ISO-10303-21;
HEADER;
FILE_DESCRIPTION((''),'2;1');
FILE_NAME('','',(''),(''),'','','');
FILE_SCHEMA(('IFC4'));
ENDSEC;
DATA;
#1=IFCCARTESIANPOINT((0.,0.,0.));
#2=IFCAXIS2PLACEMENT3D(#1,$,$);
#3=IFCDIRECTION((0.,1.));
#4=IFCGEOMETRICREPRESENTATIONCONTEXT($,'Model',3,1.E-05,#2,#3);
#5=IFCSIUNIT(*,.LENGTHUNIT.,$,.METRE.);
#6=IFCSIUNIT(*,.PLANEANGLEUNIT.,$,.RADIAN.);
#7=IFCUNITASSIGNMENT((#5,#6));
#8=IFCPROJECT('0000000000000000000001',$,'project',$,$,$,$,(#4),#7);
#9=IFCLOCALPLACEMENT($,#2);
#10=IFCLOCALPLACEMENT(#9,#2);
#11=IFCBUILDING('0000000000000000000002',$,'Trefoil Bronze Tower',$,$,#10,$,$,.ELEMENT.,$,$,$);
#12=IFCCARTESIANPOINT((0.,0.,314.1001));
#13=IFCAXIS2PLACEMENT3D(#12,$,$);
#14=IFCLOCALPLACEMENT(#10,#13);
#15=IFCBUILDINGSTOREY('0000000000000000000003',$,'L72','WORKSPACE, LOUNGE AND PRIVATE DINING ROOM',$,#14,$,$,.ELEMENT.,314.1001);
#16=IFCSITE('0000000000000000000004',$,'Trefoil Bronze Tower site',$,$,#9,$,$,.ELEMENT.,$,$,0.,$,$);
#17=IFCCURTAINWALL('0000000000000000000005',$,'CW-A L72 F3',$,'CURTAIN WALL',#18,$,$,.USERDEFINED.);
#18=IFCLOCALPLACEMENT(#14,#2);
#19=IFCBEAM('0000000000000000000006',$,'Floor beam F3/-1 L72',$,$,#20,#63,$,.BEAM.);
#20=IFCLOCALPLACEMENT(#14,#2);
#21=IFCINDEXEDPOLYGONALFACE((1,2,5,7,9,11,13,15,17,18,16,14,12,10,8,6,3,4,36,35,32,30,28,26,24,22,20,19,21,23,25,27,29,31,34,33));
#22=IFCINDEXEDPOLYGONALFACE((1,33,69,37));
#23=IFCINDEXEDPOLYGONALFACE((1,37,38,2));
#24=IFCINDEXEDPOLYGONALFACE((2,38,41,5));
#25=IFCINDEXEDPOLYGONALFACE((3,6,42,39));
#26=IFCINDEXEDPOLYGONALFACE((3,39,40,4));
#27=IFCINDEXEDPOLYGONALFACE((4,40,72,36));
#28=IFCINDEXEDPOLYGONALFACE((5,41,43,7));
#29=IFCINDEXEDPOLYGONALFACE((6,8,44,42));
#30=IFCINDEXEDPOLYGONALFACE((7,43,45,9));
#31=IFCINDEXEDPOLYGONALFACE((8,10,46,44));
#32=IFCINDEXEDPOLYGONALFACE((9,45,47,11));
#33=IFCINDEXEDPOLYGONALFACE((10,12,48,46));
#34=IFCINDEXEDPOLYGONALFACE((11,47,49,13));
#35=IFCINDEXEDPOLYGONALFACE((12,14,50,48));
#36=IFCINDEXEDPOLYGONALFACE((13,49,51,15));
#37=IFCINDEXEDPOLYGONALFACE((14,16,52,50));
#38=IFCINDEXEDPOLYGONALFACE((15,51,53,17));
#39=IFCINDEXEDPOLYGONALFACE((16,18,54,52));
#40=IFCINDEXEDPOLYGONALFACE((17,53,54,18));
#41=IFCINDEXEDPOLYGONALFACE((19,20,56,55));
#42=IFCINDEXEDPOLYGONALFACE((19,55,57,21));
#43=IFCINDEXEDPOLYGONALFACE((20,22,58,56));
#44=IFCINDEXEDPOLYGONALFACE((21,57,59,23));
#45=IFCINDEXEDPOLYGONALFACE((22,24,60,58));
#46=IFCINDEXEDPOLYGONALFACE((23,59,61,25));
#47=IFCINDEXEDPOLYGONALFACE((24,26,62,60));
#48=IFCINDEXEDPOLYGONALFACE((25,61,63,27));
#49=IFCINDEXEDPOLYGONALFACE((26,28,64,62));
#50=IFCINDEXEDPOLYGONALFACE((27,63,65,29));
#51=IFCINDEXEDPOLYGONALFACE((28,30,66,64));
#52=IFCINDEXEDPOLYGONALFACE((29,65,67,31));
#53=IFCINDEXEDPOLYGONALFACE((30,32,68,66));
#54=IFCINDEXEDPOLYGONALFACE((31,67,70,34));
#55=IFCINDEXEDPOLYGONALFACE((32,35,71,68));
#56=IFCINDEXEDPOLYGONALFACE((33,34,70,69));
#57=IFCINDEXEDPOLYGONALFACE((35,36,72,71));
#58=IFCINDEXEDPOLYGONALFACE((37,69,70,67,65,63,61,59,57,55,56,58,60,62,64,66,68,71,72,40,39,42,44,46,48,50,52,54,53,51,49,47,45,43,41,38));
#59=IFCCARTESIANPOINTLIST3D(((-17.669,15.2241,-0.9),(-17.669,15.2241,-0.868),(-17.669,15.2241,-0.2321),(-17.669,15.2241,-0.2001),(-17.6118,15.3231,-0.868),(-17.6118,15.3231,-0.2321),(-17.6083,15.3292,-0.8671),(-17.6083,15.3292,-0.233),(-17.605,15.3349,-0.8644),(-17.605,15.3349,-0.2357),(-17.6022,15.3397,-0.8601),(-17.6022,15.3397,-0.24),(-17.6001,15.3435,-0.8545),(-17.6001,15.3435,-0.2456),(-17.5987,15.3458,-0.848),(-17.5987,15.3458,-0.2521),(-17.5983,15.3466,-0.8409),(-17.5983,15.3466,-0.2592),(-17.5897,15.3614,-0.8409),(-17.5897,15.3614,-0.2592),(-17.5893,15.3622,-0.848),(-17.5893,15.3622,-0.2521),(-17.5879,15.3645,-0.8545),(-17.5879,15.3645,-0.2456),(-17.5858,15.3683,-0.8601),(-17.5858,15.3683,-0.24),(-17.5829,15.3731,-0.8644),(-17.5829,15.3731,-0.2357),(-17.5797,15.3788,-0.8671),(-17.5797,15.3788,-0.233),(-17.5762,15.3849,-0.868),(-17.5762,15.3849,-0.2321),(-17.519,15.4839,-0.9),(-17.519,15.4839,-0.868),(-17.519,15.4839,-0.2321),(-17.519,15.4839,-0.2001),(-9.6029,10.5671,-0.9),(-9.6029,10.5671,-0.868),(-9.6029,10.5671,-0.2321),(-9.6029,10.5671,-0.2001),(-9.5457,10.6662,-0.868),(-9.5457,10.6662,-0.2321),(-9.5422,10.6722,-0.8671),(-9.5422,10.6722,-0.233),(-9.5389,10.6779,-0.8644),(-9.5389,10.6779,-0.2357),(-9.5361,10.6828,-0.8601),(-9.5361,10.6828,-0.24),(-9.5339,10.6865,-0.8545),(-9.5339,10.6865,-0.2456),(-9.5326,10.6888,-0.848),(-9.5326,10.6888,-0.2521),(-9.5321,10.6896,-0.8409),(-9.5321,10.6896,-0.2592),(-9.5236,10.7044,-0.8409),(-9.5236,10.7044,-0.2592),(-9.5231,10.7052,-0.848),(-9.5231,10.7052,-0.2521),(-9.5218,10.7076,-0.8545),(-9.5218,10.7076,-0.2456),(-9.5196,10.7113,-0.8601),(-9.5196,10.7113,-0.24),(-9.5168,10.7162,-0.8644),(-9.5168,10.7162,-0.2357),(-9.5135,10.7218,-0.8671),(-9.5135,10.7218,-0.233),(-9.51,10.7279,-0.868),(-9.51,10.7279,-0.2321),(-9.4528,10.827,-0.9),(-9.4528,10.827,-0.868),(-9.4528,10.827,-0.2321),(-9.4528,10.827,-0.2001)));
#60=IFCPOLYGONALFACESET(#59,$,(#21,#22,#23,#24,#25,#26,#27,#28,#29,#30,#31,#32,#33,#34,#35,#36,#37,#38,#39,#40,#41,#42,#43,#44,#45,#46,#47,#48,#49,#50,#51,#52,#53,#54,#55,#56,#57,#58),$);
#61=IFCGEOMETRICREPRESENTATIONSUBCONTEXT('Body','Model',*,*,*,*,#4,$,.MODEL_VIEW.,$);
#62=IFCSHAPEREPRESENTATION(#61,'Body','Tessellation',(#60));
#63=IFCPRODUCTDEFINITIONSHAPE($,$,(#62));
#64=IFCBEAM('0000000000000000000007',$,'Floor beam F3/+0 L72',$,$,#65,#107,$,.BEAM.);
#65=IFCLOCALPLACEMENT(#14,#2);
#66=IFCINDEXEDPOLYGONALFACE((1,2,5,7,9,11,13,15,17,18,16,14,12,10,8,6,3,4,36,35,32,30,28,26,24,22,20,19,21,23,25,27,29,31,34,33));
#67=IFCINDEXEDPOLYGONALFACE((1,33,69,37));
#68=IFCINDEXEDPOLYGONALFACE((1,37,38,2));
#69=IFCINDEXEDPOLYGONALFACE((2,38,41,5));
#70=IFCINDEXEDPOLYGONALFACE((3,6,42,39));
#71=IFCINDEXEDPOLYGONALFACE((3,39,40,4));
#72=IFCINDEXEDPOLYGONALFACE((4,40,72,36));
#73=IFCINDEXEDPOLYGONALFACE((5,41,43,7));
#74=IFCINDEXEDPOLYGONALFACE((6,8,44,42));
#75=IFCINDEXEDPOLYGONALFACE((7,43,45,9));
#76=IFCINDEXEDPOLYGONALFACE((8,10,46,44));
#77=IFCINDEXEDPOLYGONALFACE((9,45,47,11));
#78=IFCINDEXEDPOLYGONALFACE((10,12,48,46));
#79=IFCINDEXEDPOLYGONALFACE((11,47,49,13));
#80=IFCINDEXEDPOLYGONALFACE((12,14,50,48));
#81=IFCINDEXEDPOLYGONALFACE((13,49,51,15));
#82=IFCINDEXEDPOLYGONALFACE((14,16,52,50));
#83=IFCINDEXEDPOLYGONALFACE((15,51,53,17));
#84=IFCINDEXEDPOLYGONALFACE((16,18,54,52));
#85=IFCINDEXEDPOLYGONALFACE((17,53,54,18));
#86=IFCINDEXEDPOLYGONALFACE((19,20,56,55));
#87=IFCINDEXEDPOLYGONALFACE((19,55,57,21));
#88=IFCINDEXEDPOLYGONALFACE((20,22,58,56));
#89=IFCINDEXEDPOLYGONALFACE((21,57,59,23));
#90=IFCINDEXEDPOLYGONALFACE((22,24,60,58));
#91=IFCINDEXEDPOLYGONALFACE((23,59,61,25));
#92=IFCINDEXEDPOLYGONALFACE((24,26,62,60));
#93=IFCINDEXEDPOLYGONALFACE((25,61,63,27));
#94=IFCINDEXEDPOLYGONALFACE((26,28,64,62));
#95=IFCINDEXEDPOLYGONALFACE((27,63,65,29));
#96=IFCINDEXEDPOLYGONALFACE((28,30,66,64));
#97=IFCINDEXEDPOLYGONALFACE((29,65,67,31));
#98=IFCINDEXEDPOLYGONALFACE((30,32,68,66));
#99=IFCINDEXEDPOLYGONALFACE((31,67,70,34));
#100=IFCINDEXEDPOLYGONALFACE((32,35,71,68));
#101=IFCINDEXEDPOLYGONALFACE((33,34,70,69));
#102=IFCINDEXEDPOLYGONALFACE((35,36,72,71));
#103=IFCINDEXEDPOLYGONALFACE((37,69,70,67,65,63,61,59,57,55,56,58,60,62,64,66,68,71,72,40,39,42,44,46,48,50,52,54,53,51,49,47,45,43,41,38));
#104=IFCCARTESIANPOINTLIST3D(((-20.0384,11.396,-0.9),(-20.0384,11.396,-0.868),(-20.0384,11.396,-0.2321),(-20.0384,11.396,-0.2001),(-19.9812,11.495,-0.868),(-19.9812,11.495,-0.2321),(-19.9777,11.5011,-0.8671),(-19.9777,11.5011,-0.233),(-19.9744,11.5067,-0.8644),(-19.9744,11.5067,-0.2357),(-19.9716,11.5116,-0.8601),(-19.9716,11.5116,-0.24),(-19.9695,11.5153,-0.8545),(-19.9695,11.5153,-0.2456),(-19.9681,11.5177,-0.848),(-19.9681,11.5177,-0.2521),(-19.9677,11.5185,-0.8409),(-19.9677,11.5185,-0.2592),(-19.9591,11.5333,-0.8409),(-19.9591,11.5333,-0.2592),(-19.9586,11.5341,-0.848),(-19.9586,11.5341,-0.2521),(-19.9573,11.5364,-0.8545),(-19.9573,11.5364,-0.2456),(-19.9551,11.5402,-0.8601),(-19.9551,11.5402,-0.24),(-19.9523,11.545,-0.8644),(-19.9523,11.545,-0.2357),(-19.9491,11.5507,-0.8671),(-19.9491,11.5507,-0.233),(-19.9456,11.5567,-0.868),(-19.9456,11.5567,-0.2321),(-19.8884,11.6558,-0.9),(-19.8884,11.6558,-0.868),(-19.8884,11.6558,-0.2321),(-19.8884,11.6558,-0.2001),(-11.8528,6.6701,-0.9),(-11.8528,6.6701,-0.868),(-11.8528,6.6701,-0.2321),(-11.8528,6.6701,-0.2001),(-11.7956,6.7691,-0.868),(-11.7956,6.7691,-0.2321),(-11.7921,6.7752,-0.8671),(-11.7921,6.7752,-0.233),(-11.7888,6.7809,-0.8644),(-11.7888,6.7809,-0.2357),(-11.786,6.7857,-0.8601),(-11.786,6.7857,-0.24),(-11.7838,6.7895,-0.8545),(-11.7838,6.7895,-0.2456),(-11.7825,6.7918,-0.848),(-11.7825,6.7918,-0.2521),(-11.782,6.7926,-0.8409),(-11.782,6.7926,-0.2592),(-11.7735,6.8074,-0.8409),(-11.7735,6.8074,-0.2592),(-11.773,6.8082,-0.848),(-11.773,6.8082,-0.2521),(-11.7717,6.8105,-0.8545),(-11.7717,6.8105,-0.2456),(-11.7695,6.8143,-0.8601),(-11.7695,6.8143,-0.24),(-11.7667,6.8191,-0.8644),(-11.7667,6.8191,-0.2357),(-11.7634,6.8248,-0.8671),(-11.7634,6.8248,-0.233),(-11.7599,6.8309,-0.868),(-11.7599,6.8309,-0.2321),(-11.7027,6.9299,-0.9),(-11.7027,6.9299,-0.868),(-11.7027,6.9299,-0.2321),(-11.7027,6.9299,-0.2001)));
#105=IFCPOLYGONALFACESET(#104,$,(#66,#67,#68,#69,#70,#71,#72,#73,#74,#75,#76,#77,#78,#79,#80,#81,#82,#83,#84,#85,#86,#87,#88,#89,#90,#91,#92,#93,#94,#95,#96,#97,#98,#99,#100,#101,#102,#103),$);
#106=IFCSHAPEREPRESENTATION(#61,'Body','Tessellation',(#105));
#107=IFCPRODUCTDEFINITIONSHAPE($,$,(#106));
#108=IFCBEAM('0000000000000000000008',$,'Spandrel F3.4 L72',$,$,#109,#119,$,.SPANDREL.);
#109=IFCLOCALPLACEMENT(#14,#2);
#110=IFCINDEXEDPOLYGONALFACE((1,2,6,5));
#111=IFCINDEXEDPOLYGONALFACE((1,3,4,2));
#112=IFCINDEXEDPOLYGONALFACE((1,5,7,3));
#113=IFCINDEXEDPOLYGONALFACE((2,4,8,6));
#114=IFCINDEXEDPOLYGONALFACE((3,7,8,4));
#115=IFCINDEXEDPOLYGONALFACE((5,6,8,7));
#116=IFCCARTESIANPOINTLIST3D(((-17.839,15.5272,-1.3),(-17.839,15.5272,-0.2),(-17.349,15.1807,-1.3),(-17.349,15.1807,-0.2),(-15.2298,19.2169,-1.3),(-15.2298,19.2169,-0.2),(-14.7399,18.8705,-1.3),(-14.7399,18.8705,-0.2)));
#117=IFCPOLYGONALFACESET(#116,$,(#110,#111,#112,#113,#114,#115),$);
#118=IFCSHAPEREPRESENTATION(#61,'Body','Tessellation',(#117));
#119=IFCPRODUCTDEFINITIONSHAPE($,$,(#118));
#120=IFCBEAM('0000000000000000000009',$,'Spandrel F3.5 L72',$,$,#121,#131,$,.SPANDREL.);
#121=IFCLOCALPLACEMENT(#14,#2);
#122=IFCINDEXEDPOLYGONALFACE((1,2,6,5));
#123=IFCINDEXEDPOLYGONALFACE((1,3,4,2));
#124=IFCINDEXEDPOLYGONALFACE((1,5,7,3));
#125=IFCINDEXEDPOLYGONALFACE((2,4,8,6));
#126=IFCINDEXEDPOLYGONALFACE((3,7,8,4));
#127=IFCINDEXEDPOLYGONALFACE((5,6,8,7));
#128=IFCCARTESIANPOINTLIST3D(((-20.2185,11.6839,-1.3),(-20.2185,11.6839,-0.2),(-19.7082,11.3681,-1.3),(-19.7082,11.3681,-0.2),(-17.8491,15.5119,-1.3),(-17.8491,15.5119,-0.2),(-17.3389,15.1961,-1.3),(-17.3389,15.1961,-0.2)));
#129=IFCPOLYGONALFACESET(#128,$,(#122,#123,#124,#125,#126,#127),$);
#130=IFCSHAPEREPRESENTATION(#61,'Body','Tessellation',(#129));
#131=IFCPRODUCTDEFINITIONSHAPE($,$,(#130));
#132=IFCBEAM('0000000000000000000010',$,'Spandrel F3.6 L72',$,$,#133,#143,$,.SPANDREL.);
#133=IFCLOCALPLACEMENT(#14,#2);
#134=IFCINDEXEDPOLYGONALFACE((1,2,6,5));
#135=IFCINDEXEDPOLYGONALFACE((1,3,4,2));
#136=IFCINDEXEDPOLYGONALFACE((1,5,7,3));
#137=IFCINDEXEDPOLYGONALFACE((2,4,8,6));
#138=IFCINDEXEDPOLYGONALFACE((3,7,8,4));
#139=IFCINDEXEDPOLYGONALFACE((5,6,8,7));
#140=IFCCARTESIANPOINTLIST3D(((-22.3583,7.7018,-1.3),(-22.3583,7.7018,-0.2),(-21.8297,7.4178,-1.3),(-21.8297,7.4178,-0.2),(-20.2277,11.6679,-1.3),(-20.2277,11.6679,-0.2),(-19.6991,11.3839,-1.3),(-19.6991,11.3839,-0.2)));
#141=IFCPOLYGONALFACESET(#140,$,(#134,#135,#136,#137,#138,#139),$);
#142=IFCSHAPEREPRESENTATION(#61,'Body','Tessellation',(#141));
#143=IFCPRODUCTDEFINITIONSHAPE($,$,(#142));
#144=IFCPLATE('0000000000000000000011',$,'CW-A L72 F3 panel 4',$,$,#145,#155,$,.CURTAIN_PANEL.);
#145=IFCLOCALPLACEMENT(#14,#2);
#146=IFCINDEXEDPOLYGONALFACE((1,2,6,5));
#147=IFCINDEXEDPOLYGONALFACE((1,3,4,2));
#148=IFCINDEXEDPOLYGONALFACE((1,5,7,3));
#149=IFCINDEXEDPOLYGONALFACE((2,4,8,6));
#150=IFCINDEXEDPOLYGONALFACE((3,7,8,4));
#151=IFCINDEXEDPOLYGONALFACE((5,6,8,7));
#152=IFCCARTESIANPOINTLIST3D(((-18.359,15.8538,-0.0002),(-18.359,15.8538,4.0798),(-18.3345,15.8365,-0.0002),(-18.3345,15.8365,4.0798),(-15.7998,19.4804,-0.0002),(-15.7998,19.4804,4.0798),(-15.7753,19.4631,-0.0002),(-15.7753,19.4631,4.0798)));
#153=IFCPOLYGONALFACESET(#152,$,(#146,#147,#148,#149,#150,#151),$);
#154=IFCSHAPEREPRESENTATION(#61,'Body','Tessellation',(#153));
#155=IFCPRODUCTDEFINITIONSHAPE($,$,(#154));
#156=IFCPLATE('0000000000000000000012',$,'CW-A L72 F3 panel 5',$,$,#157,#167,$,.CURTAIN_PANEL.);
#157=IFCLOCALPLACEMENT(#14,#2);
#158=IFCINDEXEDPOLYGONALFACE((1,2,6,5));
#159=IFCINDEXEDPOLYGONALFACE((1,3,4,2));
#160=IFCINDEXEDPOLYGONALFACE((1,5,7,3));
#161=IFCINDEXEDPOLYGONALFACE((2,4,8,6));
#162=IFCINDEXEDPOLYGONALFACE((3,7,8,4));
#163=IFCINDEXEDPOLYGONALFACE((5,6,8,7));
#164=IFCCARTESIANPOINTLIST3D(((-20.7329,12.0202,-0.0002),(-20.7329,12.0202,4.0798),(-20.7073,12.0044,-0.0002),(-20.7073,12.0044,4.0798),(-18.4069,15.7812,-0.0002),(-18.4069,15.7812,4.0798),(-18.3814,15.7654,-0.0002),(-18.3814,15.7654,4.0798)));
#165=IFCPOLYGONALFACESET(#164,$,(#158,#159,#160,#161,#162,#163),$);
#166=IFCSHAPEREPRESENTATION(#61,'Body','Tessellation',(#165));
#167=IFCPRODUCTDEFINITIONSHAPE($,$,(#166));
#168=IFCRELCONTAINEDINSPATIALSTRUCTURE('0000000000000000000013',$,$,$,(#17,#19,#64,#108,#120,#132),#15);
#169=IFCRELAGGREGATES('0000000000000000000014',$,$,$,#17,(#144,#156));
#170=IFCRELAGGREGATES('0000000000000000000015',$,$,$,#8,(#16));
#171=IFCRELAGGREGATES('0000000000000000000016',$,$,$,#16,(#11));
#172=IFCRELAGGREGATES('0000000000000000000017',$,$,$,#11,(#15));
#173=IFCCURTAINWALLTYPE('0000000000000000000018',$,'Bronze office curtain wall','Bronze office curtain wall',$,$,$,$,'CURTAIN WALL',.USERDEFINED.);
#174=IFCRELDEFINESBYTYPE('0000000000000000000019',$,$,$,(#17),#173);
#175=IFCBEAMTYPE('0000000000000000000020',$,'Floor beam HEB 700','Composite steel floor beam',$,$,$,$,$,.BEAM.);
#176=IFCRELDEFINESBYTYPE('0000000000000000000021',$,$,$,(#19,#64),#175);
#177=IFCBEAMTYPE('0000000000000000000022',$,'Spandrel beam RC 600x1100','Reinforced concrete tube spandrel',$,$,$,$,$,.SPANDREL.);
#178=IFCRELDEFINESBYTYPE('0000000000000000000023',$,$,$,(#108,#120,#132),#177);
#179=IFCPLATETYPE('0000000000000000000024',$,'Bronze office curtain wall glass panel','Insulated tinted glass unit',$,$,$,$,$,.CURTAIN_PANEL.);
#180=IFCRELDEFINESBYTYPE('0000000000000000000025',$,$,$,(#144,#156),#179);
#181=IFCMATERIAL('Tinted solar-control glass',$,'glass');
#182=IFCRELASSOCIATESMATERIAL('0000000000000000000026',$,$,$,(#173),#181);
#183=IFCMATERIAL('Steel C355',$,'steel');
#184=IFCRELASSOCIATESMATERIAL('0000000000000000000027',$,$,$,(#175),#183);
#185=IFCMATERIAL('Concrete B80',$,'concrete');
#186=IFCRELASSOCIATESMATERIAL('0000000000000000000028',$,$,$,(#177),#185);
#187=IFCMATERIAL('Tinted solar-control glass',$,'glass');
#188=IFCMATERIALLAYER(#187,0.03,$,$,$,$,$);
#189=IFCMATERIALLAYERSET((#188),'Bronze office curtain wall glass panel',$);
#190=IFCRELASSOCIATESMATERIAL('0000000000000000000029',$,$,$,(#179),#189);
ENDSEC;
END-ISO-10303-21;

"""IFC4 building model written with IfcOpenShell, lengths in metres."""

from ifc_helpers import new_model, si_unit, direction, frame, origin, origin_2d, place, context, subcontext, project, spatial, rectangle, i_section, extrude, material, layer, layer_set, material_profile, profile_set, type_object, element, aggregate, save


model = new_model("IFC4")

# Units and contexts
model_context = context("Model", 3, precision=1e-05, world=origin(), true_north=direction((0.0, 1.0)))
body_context = subcontext(model_context, "Body", "Model", "MODEL_VIEW")
ifc_project = project(units=[si_unit("LENGTHUNIT", "METRE"), si_unit("PLANEANGLEUNIT", "RADIAN")], contexts=[model_context])

# Site, building, storey
site_placement = place(None, origin())
site = spatial("IfcSite", under=ifc_project, at=site_placement, Name="Trefoil Bronze Tower site", CompositionType="ELEMENT", RefElevation=0.0)
building_placement = place(site_placement, origin())
building = spatial("IfcBuilding", under=site, at=building_placement, Name="Trefoil Bronze Tower", CompositionType="ELEMENT")
storey_placement = place(building_placement, frame((0.0, 0.0, 314.1001)))
storey = spatial("IfcBuildingStorey", under=building, at=storey_placement, Name="L72", Description="WORKSPACE, LOUNGE AND PRIVATE DINING ROOM", CompositionType="ELEMENT", Elevation=314.1001)

# Curtain wall
ifc_material_1 = material(Name="Tinted solar-control glass", Category="glass")
curtain_wall_type = type_object("IfcCurtainWallType", Name="Bronze office curtain wall", Description="Bronze office curtain wall", ElementType="CURTAIN WALL", PredefinedType="USERDEFINED", material=ifc_material_1)
curtain_wall_placement = place(storey_placement, origin())
curtain_wall = element("IfcCurtainWall", 1, at=curtain_wall_placement, inside=storey, type_object=curtain_wall_type, Name="CW-A L72 F3", ObjectType="CURTAIN WALL", PredefinedType="USERDEFINED")

# Beams
ifc_material_2 = material(Name="Steel C355", Category="steel")
ifc_material_profile_1 = material_profile(ifc_material_2, i_section(OverallWidth=0.3, OverallDepth=0.7, WebThickness=0.0171, FlangeThickness=0.032, FilletRadius=0.0271, at=origin_2d()), Name="HEB 700")
ifc_profile_set_1 = profile_set([ifc_material_profile_1], Name="Steel C355")
beam_type_1 = type_object("IfcBeamType", Name="Floor beam HEB 700", Description="Composite steel floor beam", PredefinedType="BEAM", material=ifc_profile_set_1)
beam_1_placement = place(storey_placement, frame((-17.594, 15.354, -0.55), z_axis=(0.866026, -0.499999, 0.0), x_axis=(0.499999, 0.866026, 0.0)))
element("IfcBeam", 2, at=beam_1_placement, inside=storey, type_object=beam_type_1, Name="Floor beam F3/-1 L72", PredefinedType="BEAM", context=body_context, shape_type="SweptSolid", body=[
    extrude(i_section(OverallWidth=0.3, OverallDepth=0.7, WebThickness=0.0171, FlangeThickness=0.032, FilletRadius=0.0271, at=origin_2d()), origin(), (0.0, 0.0, 1.0), 9.314),
])
beam_2_placement = place(storey_placement, frame((-19.9634, 11.5259, -0.55), z_axis=(0.86603, -0.499992, 0.0), x_axis=(0.499992, 0.86603, 0.0)))
element("IfcBeam", 3, at=beam_2_placement, inside=storey, type_object=beam_type_1, Name="Floor beam F3/+0 L72", PredefinedType="BEAM", context=body_context, shape_type="SweptSolid", body=[
    extrude(i_section(OverallWidth=0.3, OverallDepth=0.7, WebThickness=0.0171, FlangeThickness=0.032, FilletRadius=0.0271, at=origin_2d()), origin(), (0.0, 0.0, 1.0), 9.4519),
])
ifc_material_3 = material(Name="Concrete B80", Category="concrete")
ifc_material_profile_2 = material_profile(ifc_material_3, rectangle(XDim=0.6001, YDim=1.1001, at=origin_2d()), Name="RC 600x1100")
ifc_profile_set_2 = profile_set([ifc_material_profile_2], Name="Concrete B80")
beam_type_2 = type_object("IfcBeamType", Name="Spandrel beam RC 600x1100", Description="Reinforced concrete tube spandrel", PredefinedType="SPANDREL", material=ifc_profile_set_2)
beam_3_placement = place(storey_placement, frame((-14.9849, 19.0437, -0.75), z_axis=(-0.577368, -0.816484, 0.0), x_axis=(0.816484, -0.577368, 0.0)))
element("IfcBeam", 4, at=beam_3_placement, inside=storey, type_object=beam_type_2, Name="Spandrel F3.4 L72", PredefinedType="SPANDREL", context=body_context, shape_type="SweptSolid", body=[
    extrude(rectangle(XDim=0.6001, YDim=1.1001, at=origin_2d()), origin(), (0.0, 0.0, 1.0), 4.519),
])
beam_4_placement = place(storey_placement, frame((-17.594, 15.354, -0.75), z_axis=(-0.526289, -0.850306, 0.0), x_axis=(0.850306, -0.526289, 0.0)))
element("IfcBeam", 5, at=beam_4_placement, inside=storey, type_object=beam_type_2, Name="Spandrel F3.5 L72", PredefinedType="SPANDREL", context=body_context, shape_type="SweptSolid", body=[
    extrude(rectangle(XDim=0.6001, YDim=1.1001, at=origin_2d()), origin(), (0.0, 0.0, 1.0), 4.502),
])
beam_5_placement = place(storey_placement, frame((-19.9634, 11.5259, -0.75), z_axis=(-0.473246, -0.88093, 0.0), x_axis=(0.88093, -0.473246, 0.0)))
element("IfcBeam", 6, at=beam_5_placement, inside=storey, type_object=beam_type_2, Name="Spandrel F3.6 L72", PredefinedType="SPANDREL", context=body_context, shape_type="SweptSolid", body=[
    extrude(rectangle(XDim=0.6001, YDim=1.1001, at=origin_2d()), origin(), (0.0, 0.0, 1.0), 4.5022),
])

# Plates
ifc_material_4 = material(Name="Tinted solar-control glass", Category="glass")
ifc_layer_1 = layer(ifc_material_4, 0.03)
ifc_layer_set_1 = layer_set([ifc_layer_1], Name="Bronze office curtain wall glass panel")
plate_type = type_object("IfcPlateType", Name="Bronze office curtain wall glass panel", Description="Insulated tinted glass unit", PredefinedType="CURTAIN_PANEL", material=ifc_layer_set_1)
plate_1_placement = place(storey_placement, frame((-17.0671, 17.6584, -0.0002), z_axis=(0.0, 0.0, 1.0), x_axis=(-0.576561, -0.817054, 0.0)))
plate_1 = element("IfcPlate", 7, at=plate_1_placement, type_object=plate_type, Name="CW-A L72 F3 panel 4", PredefinedType="CURTAIN_PANEL", context=body_context, shape_type="SweptSolid", body=[
    extrude(rectangle(XDim=4.4387, YDim=0.03, at=origin_2d()), origin(), (0.0, 0.0, 1.0), 4.0801),
])
plate_2_placement = place(storey_placement, frame((-19.5571, 13.8928, -0.0002), z_axis=(0.0, 0.0, 1.0), x_axis=(-0.52598, -0.850497, 0.0)))
plate_2 = element("IfcPlate", 8, at=plate_2_placement, type_object=plate_type, Name="CW-A L72 F3 panel 5", PredefinedType="CURTAIN_PANEL", context=body_context, shape_type="SweptSolid", body=[
    extrude(rectangle(XDim=4.4221, YDim=0.03, at=origin_2d()), origin(), (0.0, 0.0, 1.0), 4.0801),
])
aggregate(curtain_wall, [plate_1, plate_2])

save(model, "model.ifc")
